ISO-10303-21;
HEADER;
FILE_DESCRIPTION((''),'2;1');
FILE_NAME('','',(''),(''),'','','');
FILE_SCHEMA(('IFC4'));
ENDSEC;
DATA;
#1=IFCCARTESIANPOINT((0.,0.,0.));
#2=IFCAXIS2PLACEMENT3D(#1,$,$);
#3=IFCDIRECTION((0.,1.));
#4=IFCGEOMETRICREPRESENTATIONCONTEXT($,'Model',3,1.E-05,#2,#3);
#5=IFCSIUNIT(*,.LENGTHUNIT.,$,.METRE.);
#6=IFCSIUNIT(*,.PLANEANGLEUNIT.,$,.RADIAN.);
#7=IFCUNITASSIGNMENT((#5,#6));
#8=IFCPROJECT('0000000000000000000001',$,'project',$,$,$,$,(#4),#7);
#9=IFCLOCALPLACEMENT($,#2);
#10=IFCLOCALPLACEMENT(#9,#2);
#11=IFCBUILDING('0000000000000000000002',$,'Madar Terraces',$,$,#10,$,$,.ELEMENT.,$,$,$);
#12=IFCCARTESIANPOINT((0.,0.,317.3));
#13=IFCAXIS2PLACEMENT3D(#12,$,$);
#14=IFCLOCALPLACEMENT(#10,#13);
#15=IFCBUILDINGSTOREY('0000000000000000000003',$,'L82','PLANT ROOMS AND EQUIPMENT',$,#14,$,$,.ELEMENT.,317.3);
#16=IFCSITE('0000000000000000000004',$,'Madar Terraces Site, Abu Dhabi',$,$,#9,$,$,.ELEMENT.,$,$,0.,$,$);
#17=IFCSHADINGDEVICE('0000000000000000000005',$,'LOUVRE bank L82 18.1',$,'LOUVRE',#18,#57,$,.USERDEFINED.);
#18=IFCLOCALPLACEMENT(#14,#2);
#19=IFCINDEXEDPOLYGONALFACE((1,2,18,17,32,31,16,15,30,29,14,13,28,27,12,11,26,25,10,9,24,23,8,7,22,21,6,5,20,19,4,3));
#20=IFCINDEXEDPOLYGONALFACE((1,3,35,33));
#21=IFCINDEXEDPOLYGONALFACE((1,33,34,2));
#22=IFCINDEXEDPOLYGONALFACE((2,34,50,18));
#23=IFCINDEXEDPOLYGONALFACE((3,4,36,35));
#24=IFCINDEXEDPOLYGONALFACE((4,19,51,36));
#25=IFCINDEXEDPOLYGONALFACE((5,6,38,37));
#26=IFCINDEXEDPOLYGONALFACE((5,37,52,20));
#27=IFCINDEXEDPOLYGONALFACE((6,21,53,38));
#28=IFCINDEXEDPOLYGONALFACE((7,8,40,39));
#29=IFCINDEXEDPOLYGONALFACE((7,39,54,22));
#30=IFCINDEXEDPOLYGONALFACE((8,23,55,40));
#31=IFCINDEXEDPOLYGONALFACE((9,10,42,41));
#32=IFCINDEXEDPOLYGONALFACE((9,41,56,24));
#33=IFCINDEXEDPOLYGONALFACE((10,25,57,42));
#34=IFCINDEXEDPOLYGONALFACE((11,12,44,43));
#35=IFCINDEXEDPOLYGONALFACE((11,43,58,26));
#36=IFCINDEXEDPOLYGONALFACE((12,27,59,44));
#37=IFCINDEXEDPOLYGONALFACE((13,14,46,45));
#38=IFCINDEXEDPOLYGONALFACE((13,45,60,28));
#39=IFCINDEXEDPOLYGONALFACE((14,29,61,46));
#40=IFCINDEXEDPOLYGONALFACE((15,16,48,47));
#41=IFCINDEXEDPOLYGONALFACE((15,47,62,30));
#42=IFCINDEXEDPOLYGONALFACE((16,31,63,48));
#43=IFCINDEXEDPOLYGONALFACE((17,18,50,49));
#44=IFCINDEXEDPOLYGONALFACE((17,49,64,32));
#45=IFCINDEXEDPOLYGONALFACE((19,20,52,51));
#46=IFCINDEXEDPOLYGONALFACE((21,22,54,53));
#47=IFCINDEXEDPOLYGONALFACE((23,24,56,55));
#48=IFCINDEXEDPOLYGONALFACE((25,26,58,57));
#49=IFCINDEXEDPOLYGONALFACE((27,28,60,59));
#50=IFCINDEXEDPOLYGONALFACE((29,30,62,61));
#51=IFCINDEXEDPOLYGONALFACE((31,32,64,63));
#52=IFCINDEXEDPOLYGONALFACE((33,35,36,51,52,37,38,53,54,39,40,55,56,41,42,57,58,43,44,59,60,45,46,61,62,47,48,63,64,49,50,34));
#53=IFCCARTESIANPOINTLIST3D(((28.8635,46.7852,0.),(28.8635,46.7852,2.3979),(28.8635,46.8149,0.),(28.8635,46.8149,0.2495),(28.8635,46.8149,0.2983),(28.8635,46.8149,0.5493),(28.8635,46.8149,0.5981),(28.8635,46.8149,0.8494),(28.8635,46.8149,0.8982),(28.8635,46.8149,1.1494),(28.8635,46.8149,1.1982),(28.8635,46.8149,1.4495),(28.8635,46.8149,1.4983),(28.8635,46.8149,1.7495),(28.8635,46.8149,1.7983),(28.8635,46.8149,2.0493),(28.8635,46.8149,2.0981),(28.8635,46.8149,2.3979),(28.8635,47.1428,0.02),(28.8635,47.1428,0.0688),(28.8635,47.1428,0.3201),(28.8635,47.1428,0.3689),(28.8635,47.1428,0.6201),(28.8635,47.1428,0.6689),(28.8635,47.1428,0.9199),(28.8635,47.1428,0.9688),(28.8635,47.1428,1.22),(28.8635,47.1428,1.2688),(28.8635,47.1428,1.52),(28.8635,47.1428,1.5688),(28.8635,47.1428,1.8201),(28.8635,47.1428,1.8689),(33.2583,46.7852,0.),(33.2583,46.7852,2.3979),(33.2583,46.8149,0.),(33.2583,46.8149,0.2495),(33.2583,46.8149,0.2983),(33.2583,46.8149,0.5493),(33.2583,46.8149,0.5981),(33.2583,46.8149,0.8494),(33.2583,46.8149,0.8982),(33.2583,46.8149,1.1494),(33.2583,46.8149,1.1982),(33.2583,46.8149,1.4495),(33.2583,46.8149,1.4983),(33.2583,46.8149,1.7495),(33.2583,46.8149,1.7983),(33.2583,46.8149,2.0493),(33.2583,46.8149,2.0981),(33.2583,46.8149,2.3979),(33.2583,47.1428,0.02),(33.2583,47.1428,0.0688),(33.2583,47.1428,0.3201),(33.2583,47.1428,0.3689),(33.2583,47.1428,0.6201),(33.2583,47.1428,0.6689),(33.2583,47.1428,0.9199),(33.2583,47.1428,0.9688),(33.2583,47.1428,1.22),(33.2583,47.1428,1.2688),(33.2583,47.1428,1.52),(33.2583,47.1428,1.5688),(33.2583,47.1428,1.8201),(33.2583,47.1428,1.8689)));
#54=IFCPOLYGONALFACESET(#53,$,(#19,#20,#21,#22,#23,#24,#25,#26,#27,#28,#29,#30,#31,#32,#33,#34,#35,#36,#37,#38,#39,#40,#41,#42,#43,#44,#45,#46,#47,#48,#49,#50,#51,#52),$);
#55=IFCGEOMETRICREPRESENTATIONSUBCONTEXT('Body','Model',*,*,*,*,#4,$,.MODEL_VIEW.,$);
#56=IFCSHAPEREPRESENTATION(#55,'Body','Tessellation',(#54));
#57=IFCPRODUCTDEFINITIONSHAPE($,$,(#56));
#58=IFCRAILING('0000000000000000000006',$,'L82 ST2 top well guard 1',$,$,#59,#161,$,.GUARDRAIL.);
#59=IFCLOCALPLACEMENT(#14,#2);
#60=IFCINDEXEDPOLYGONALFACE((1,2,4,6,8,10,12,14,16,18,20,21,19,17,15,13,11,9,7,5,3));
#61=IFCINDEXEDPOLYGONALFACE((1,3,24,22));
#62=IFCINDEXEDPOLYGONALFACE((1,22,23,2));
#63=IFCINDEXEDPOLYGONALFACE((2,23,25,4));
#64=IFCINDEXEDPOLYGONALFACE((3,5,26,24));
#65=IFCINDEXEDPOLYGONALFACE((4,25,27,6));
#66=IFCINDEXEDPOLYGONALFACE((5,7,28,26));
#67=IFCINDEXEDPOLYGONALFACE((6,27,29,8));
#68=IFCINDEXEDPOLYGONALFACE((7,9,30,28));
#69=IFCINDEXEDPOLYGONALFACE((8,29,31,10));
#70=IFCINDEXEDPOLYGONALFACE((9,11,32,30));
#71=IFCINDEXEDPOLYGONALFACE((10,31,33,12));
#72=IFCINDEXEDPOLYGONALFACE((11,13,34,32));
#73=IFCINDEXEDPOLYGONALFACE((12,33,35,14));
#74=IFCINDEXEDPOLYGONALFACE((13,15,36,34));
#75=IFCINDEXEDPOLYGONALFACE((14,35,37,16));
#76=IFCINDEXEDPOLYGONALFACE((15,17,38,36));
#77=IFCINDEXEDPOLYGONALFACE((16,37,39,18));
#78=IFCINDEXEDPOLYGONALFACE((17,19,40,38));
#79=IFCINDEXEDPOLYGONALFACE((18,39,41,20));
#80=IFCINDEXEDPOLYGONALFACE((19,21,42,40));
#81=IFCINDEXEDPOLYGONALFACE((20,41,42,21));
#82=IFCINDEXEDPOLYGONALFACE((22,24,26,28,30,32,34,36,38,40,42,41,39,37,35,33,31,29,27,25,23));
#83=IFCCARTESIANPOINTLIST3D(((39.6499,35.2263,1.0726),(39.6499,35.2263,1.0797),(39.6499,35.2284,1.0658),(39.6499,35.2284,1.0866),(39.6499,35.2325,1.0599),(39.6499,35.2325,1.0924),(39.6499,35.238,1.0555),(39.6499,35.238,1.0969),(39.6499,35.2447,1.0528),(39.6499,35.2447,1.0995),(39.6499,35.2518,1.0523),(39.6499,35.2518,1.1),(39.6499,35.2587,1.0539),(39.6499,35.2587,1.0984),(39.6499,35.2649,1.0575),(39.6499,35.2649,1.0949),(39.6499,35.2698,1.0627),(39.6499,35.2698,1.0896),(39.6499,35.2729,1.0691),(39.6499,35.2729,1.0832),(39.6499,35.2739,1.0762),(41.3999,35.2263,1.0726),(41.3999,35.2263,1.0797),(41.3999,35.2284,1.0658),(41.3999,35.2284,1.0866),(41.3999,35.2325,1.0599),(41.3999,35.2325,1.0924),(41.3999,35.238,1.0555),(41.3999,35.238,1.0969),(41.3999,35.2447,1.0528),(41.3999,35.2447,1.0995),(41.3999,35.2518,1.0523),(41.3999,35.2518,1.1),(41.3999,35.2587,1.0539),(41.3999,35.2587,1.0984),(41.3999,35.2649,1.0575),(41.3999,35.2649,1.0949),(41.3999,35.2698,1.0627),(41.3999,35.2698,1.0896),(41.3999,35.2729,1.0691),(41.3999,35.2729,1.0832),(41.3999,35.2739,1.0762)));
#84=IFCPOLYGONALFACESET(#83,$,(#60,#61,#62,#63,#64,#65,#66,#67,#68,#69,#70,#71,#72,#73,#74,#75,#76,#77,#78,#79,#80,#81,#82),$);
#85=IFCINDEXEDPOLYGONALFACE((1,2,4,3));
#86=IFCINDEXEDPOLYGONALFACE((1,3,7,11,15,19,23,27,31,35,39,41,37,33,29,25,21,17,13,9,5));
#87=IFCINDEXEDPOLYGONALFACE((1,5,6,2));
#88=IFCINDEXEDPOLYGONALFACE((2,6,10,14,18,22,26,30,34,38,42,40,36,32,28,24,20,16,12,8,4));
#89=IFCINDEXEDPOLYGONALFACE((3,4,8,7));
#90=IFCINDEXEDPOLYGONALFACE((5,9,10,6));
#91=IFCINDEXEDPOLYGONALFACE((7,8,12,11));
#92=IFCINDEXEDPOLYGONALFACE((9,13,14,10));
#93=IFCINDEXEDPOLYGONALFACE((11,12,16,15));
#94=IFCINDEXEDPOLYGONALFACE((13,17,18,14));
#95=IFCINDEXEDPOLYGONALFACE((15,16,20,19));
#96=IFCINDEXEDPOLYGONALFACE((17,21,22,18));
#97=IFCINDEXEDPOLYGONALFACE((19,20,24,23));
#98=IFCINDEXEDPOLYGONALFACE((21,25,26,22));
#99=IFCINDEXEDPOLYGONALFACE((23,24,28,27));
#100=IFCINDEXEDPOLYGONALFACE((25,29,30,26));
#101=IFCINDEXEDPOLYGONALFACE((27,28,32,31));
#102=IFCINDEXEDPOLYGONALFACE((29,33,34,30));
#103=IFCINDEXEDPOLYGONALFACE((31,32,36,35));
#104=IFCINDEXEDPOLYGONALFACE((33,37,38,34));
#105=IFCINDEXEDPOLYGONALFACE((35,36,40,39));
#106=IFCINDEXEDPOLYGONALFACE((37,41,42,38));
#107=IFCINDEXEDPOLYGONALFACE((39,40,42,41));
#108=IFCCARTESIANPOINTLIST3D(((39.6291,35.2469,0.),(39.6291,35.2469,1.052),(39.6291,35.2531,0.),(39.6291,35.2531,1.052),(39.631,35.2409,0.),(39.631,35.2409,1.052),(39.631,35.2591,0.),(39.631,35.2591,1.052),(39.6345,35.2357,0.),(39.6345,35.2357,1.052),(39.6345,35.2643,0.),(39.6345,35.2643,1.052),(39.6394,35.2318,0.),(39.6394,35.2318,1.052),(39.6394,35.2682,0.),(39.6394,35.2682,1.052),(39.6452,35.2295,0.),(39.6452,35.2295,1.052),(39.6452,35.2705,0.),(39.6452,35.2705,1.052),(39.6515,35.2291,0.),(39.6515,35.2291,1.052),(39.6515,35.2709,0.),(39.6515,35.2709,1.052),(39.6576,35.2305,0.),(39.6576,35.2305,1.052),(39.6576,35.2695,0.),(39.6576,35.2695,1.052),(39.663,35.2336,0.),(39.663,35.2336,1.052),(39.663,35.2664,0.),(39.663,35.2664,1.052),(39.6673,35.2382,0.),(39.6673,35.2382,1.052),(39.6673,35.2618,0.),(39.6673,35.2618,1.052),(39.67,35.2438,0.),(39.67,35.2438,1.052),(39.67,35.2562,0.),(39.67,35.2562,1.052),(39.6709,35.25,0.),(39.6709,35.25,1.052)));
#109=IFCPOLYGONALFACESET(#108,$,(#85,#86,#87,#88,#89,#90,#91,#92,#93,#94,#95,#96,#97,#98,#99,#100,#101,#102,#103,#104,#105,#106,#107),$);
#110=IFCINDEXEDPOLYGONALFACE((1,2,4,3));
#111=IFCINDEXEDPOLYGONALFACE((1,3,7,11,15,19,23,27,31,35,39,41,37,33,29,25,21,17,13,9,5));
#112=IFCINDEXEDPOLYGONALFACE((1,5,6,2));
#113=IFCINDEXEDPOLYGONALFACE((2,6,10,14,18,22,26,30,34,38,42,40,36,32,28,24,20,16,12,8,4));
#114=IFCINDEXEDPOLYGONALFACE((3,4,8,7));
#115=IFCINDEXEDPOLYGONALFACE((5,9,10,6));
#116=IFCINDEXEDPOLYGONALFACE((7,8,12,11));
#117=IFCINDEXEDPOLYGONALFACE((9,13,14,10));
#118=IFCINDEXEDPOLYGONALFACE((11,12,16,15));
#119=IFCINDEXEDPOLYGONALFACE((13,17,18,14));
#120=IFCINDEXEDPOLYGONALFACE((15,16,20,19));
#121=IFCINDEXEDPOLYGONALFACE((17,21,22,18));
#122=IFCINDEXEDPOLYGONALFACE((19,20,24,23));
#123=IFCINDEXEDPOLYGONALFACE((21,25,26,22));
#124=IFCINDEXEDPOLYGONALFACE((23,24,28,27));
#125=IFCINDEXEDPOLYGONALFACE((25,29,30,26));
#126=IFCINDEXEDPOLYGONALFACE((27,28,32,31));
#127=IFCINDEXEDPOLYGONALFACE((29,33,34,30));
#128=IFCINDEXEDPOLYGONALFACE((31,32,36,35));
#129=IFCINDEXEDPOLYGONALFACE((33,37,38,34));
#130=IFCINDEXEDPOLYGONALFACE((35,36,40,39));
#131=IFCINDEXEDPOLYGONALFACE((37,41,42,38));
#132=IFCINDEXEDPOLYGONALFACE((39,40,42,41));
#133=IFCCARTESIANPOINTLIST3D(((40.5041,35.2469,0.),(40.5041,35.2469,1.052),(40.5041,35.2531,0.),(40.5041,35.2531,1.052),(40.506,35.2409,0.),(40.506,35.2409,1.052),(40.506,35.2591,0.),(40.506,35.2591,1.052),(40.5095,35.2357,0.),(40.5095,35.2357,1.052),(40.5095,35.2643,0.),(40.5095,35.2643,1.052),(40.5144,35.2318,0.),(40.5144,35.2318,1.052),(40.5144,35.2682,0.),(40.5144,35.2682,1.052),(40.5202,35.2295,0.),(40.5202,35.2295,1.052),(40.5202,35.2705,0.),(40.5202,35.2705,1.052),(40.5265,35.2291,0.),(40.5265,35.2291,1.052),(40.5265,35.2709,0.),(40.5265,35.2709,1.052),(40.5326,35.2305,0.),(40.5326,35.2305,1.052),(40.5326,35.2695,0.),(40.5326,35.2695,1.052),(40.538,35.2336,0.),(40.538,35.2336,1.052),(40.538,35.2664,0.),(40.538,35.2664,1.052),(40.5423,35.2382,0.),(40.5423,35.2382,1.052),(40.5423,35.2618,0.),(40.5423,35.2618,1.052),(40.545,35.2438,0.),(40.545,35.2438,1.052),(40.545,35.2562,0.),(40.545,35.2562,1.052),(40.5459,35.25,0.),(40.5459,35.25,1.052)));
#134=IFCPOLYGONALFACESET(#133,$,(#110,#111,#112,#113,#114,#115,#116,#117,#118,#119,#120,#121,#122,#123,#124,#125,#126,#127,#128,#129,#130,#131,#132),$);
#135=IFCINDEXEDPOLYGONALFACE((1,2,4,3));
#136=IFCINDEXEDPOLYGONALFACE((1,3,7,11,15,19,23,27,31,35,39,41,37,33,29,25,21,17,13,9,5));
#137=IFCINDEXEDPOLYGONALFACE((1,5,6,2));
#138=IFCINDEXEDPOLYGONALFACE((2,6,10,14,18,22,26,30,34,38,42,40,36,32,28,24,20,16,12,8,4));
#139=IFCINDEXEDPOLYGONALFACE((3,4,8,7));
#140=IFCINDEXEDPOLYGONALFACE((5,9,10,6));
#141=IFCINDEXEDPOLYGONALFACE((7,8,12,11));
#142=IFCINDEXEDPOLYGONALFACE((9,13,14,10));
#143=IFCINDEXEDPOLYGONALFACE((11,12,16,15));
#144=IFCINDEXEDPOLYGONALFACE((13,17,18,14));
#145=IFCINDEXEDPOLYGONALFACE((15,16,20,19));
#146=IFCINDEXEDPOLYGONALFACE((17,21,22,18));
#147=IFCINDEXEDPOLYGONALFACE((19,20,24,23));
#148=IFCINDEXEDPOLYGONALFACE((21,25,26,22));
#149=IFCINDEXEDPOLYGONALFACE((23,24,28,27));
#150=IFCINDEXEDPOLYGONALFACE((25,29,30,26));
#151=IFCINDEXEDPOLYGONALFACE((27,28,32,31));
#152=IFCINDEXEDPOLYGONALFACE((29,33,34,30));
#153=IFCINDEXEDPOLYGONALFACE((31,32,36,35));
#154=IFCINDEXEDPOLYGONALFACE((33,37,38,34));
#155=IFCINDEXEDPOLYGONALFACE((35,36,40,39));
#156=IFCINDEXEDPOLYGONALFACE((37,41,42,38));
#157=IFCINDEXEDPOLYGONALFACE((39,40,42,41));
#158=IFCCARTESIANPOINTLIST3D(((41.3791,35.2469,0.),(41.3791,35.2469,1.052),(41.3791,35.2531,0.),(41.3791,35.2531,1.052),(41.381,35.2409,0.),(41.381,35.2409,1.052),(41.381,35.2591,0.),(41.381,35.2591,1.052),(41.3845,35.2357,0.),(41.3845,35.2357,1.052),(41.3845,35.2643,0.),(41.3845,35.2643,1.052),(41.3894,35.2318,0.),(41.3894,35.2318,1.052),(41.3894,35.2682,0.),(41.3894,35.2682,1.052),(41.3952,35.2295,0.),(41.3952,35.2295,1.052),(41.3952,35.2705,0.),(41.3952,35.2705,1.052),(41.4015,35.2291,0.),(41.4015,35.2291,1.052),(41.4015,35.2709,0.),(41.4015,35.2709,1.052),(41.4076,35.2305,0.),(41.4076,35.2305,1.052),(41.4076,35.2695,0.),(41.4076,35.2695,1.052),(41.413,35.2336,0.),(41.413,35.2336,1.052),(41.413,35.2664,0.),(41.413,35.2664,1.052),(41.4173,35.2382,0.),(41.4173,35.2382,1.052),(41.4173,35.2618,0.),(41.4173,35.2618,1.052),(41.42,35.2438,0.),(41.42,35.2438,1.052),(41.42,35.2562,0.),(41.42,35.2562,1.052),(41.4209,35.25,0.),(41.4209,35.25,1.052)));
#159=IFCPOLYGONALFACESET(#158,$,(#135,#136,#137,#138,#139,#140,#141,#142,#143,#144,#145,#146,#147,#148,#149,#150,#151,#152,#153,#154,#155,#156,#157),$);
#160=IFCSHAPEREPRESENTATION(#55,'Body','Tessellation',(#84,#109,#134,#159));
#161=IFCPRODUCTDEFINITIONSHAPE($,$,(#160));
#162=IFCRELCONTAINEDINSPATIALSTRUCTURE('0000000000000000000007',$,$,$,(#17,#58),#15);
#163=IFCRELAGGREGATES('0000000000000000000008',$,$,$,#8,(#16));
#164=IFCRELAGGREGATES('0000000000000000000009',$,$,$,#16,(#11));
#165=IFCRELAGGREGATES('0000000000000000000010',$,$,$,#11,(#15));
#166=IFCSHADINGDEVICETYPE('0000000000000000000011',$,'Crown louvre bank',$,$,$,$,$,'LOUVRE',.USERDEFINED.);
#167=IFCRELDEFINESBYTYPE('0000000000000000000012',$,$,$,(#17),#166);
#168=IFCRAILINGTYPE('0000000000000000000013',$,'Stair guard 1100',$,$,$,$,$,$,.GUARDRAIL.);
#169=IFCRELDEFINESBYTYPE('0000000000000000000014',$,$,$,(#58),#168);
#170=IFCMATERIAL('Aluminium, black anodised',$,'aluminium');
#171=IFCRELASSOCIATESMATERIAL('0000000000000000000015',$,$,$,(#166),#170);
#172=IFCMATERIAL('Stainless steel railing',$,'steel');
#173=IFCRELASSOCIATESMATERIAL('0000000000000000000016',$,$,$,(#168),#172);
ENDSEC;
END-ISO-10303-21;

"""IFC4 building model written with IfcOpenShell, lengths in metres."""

from ifc_helpers import new_model, si_unit, direction, frame, origin, origin_2d, place, context, subcontext, project, spatial, polyline, circle, outline, extrude, material, type_object, element, save


model = new_model("IFC4")

# Units and contexts
model_context = context("Model", 3, precision=1e-05, world=origin(), true_north=direction((0.0, 1.0)))
body_context = subcontext(model_context, "Body", "Model", "MODEL_VIEW")
ifc_project = project(units=[si_unit("LENGTHUNIT", "METRE"), si_unit("PLANEANGLEUNIT", "RADIAN")], contexts=[model_context])

# Site, building, storey
site_placement = place(None, origin())
site = spatial("IfcSite", under=ifc_project, at=site_placement, Name="Madar Terraces Site, Abu Dhabi", CompositionType="ELEMENT", RefElevation=0.0)
building_placement = place(site_placement, origin())
building = spatial("IfcBuilding", under=site, at=building_placement, Name="Madar Terraces", CompositionType="ELEMENT")
storey_placement = place(building_placement, frame((0.0, 0.0, 317.3)))
storey = spatial("IfcBuildingStorey", under=building, at=storey_placement, Name="L82", Description="PLANT ROOMS AND EQUIPMENT", CompositionType="ELEMENT", Elevation=317.3)

# Shading device
ifc_material_1 = material(Name="Aluminium, black anodised", Category="aluminium")
shading_device_type = type_object("IfcShadingDeviceType", Name="Crown louvre bank", ElementType="LOUVRE", PredefinedType="USERDEFINED", material=ifc_material_1)
shading_device_1_placement = place(storey_placement, frame((33.2583, 46.8, 0.0), z_axis=(-1.0, 0.0, 0.0), x_axis=(0.0, -1.0, 0.0)))
element("IfcShadingDevice", 1, at=shading_device_1_placement, inside=storey, type_object=shading_device_type, Name="LOUVRE bank L82 18.1", ObjectType="LOUVRE", PredefinedType="USERDEFINED", context=body_context, shape_type="SweptSolid", body=[
    extrude(outline(polyline([(0.0149, 0.0), (-0.0149, 0.0), (-0.0149, 0.2495), (-0.3428, 0.02), (-0.3428, 0.0688), (-0.0149, 0.2983), (-0.0149, 0.5493), (-0.3428, 0.3201), (-0.3428, 0.3689), (-0.0149, 0.5981), (-0.0149, 0.8494), (-0.3428, 0.6201), (-0.3428, 0.6689), (-0.0149, 0.8982), (-0.0149, 1.1494), (-0.3428, 0.9199), (-0.3428, 0.9688), (-0.0149, 1.1982), (-0.0149, 1.4495), (-0.3428, 1.22), (-0.3428, 1.2688), (-0.0149, 1.4983), (-0.0149, 1.7495), (-0.3428, 1.52), (-0.3428, 1.5688), (-0.0149, 1.7983), (-0.0149, 2.0493), (-0.3428, 1.8201), (-0.3428, 1.8689), (-0.0149, 2.0981), (-0.0149, 2.3979), (0.0149, 2.3979), (0.0149, 0.0)])), origin(), (0.0, 0.0, 1.0), 4.3948),
])

# Railing
ifc_material_2 = material(Name="Stainless steel railing", Category="steel")
railing_type = type_object("IfcRailingType", Name="Stair guard 1100", PredefinedType="GUARDRAIL", material=ifc_material_2)
railing_placement = place(storey_placement, frame((39.6499, 35.25, 0.0)))
element("IfcRailing", 2, at=railing_placement, inside=storey, type_object=railing_type, Name="L82 ST2 top well guard 1", PredefinedType="GUARDRAIL", context=body_context, shape_type="SweptSolid", body=[
    extrude(circle(Radius=0.0239, at=origin_2d()), frame((0.0, 0.0, 1.0762), z_axis=(1.0, 0.0, 0.0), x_axis=(0.0, 1.0, 0.0)), (0.0, 0.0, 1.0), 1.75),
    extrude(circle(Radius=0.021, at=origin_2d()), origin(), (0.0, 0.0, 1.0), 1.052),
    extrude(circle(Radius=0.021, at=origin_2d()), frame((0.875, 0.0, 0.0)), (0.0, 0.0, 1.0), 1.052),
    extrude(circle(Radius=0.021, at=origin_2d()), frame((1.75, 0.0, 0.0)), (0.0, 0.0, 1.0), 1.052),
])

save(model, "model.ifc")
